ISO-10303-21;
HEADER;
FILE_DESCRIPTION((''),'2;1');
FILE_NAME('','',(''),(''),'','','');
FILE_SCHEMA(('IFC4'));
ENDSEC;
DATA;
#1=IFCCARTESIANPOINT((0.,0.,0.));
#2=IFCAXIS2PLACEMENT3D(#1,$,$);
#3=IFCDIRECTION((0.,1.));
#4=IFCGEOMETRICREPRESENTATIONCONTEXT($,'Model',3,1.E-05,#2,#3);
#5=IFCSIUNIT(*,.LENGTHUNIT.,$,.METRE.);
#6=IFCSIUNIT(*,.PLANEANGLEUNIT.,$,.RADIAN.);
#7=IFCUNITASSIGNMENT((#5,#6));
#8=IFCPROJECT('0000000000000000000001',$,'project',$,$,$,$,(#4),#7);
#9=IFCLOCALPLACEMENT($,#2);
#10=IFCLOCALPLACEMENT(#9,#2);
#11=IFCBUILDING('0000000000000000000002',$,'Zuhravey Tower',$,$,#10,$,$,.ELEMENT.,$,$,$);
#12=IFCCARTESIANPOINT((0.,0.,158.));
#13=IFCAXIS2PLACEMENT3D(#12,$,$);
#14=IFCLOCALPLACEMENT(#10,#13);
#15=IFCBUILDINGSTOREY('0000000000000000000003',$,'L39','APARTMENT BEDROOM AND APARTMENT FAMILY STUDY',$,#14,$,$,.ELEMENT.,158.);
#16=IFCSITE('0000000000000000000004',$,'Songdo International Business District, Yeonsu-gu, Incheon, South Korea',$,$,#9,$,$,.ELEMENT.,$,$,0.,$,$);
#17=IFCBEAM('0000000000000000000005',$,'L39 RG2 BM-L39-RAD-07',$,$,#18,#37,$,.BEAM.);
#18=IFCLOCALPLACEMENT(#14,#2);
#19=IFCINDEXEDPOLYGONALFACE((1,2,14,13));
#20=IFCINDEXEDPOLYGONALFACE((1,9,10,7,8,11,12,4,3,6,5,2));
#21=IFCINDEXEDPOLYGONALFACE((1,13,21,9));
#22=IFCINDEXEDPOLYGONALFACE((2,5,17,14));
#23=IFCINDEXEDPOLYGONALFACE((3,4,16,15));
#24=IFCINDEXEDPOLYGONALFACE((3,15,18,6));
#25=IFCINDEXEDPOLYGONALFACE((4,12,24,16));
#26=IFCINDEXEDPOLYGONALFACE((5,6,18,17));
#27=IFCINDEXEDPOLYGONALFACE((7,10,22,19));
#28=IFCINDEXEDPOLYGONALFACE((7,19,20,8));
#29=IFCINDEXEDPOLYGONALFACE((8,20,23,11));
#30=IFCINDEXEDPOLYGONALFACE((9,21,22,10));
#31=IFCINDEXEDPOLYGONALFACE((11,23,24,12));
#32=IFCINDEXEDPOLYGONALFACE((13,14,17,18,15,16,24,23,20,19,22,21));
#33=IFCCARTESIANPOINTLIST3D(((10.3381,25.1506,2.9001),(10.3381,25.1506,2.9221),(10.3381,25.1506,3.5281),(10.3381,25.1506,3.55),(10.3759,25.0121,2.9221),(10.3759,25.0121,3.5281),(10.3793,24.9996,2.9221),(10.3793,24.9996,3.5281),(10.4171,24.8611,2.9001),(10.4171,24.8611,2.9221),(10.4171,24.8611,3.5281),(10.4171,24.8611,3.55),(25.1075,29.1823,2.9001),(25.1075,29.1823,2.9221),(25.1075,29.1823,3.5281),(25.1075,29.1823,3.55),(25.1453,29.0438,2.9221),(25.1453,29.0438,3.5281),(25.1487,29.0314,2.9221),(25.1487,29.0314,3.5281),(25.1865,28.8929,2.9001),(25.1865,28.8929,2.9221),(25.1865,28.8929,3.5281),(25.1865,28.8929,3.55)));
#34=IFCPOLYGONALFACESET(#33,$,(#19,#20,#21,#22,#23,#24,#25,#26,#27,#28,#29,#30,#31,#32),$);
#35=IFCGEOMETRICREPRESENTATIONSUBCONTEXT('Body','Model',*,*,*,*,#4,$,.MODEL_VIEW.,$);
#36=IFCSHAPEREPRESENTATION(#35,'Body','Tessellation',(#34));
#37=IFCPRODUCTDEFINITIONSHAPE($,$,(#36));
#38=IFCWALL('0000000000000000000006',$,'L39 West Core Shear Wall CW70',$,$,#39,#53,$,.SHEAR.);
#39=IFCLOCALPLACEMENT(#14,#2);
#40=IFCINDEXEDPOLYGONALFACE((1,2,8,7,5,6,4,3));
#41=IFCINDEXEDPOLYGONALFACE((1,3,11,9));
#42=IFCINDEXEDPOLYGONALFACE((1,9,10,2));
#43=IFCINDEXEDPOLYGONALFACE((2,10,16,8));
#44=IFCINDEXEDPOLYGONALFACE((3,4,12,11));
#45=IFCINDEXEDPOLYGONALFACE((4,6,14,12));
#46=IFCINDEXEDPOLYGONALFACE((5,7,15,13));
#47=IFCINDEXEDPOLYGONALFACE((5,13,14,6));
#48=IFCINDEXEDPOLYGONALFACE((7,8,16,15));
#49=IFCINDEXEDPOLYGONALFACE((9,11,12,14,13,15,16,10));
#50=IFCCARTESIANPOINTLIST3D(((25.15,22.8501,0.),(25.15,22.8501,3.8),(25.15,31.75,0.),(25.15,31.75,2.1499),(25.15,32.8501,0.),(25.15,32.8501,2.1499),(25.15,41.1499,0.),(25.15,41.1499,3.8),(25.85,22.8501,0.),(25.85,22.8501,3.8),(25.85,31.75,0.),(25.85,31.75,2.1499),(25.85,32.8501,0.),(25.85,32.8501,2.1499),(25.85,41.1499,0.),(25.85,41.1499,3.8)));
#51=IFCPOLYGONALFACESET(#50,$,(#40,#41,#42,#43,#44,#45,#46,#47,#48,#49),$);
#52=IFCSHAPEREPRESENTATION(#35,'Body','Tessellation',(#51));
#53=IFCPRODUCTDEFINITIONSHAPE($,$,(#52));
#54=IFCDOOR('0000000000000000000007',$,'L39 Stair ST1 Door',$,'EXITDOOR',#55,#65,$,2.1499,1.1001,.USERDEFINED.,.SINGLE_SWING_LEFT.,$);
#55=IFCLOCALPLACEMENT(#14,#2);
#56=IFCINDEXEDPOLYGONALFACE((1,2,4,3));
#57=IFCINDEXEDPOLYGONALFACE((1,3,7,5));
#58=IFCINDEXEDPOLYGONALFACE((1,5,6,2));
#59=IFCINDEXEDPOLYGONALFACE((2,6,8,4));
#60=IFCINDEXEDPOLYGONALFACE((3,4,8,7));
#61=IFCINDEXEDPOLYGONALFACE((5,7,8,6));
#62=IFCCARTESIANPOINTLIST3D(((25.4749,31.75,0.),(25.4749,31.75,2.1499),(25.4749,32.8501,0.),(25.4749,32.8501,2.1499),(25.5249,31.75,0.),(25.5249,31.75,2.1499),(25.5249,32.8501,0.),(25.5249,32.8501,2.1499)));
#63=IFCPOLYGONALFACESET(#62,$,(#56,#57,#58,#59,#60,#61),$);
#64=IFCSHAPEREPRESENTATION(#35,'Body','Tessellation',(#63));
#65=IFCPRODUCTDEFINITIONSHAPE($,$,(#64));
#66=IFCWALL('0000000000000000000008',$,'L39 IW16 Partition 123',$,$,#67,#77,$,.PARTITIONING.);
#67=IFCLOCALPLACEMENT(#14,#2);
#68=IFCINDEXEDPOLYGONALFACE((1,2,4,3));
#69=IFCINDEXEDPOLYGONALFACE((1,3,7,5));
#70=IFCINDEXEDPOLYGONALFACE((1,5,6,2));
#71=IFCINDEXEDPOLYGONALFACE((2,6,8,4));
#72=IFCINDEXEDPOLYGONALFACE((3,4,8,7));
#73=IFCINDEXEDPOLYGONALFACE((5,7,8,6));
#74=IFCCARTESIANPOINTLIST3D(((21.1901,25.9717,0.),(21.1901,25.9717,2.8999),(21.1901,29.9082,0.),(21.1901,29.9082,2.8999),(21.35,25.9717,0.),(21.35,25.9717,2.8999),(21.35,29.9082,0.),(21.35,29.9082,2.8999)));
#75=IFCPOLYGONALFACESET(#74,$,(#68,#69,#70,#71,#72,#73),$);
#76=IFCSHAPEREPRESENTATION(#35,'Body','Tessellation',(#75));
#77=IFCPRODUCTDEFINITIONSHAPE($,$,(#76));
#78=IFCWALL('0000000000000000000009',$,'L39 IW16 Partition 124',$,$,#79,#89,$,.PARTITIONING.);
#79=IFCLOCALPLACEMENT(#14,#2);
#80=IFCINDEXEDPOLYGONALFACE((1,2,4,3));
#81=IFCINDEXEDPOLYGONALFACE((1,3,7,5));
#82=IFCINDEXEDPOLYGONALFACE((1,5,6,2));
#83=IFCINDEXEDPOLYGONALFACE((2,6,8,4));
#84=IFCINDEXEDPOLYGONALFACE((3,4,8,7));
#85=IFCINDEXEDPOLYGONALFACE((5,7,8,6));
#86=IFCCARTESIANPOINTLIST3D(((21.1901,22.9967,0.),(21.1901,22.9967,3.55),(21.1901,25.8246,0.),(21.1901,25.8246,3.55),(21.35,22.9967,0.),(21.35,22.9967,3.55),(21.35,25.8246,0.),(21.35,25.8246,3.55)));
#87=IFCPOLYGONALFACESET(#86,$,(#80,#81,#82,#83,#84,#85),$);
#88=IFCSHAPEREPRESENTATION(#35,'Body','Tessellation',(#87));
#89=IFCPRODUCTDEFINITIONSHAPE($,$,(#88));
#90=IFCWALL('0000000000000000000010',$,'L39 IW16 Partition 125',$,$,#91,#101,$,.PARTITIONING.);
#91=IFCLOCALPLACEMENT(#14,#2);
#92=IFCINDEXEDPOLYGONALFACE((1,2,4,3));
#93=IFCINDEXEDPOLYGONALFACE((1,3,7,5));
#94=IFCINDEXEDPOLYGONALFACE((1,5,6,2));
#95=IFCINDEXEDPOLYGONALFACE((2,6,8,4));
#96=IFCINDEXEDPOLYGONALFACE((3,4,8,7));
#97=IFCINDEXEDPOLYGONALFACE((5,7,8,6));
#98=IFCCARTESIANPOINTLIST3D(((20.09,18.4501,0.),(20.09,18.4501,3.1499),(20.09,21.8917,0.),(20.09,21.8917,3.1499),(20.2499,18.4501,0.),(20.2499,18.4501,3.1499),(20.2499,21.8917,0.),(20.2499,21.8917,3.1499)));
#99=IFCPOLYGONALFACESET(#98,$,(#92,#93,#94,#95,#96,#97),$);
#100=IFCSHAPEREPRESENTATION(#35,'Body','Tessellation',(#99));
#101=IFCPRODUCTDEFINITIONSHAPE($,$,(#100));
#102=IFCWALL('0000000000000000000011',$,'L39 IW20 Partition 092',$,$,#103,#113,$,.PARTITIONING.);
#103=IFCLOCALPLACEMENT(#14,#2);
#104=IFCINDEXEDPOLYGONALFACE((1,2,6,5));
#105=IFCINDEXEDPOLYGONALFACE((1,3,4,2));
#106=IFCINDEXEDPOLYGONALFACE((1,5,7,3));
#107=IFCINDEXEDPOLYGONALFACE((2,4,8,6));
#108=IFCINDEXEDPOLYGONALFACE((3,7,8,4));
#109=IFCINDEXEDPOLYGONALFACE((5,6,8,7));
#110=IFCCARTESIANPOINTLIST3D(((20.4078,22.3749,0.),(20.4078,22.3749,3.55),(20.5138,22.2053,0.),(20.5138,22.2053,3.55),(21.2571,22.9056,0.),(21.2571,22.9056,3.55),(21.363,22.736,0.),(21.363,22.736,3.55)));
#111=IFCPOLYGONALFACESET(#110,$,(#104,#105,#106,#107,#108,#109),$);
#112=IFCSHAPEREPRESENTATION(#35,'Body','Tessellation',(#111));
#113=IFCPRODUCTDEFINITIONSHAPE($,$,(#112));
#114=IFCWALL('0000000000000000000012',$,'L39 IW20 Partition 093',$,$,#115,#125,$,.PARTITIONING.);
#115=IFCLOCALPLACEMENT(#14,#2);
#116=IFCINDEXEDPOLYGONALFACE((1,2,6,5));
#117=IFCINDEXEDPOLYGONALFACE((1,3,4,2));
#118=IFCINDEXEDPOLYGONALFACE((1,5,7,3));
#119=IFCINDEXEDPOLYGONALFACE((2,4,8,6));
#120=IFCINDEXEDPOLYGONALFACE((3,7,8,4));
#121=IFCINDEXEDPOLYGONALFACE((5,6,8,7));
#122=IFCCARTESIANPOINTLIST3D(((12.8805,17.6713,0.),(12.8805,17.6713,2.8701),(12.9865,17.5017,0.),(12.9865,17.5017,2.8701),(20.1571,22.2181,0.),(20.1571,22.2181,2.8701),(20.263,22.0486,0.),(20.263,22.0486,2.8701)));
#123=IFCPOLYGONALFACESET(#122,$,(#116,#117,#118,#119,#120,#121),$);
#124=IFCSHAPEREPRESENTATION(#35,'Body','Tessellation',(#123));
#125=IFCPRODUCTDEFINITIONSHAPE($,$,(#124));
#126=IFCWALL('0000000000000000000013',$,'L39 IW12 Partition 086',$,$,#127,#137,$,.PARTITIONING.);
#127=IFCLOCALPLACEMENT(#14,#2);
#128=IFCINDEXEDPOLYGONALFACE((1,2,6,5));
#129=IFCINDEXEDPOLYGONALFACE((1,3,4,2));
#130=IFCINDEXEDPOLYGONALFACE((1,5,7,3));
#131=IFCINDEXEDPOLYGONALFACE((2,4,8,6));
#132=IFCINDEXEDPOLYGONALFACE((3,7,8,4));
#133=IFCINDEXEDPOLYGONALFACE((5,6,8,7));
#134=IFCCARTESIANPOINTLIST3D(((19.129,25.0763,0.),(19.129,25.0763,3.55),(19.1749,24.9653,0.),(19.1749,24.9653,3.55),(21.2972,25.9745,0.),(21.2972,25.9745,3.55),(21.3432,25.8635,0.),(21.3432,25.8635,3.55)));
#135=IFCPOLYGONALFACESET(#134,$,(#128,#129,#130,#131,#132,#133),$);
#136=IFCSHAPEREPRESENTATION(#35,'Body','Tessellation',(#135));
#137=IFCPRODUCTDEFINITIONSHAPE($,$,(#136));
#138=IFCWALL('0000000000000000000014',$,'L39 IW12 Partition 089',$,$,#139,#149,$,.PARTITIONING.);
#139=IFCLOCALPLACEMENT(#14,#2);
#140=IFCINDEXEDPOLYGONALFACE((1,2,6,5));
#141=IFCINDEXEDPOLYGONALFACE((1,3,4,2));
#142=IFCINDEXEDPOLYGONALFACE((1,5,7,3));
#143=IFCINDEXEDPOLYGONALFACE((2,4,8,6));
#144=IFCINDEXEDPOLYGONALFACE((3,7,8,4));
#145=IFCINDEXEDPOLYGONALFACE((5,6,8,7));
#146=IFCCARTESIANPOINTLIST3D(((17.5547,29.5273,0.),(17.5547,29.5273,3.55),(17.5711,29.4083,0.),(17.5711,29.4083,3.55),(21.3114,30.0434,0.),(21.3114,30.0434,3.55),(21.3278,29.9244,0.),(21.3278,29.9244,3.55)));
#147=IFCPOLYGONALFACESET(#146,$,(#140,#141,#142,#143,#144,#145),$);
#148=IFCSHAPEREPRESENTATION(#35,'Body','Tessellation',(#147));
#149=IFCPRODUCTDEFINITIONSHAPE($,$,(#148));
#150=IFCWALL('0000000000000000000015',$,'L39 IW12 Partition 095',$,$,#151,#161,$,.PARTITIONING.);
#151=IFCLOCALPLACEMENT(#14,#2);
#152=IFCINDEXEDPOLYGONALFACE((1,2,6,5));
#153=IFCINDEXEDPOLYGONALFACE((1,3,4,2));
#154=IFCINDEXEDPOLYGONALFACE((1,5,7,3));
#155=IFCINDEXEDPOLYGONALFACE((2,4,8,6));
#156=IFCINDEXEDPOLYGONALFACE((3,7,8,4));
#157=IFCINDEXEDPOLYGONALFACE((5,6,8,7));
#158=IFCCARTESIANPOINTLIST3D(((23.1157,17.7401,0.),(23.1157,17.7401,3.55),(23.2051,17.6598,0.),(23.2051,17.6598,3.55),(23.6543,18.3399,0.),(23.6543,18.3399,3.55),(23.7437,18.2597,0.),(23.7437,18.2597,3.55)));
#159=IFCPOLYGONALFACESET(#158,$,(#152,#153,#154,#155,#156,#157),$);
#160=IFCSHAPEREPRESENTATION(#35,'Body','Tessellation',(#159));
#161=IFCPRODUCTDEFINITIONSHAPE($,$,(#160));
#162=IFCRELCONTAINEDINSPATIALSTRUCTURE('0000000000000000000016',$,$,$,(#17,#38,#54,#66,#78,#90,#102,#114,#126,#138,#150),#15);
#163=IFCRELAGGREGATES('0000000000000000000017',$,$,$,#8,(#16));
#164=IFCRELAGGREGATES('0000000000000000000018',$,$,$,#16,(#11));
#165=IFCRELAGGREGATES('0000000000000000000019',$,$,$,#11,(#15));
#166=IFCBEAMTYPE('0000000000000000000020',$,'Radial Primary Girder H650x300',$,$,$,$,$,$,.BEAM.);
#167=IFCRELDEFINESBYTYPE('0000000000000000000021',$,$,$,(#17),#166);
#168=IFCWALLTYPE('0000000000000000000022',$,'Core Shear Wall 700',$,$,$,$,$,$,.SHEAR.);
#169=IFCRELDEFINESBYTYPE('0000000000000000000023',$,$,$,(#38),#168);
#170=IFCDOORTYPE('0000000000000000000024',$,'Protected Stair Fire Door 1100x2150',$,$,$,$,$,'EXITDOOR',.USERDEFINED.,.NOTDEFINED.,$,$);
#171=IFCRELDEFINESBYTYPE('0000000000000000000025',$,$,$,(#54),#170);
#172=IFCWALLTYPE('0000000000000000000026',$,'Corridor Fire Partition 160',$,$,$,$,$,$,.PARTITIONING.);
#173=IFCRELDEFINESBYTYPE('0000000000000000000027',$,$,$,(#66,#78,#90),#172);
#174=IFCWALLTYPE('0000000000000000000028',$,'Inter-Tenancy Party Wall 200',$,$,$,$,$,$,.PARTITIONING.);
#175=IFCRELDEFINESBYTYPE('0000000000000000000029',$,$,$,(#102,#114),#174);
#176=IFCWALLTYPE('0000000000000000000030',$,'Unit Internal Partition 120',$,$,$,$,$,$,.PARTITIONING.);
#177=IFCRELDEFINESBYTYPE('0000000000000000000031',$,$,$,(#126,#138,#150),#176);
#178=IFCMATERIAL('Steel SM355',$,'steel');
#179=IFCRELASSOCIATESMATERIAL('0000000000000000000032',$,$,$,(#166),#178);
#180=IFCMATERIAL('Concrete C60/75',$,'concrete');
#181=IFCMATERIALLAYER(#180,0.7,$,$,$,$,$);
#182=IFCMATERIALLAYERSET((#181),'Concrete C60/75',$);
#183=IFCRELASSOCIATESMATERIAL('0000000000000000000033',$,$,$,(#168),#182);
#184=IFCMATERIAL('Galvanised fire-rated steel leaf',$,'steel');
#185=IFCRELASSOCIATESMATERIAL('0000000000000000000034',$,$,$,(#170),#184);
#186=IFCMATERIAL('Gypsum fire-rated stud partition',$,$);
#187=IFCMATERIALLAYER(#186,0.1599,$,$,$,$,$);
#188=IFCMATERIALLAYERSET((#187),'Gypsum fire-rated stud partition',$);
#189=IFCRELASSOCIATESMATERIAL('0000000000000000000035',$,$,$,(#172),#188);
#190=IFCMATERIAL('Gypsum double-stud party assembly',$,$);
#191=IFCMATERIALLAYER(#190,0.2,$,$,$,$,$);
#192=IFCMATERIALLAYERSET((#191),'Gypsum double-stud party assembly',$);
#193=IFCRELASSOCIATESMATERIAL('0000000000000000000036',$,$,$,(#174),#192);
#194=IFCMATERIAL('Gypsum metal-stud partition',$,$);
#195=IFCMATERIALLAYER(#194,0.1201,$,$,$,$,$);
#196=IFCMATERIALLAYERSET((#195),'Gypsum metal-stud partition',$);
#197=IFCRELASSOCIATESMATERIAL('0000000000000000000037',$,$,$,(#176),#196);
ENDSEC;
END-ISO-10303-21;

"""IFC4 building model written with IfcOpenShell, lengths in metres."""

from ifc_helpers import new_model, si_unit, direction, frame, frame_2d, origin, origin_2d, place, context, subcontext, project, spatial, rectangle, i_section, extrude, material, layer, layer_set, material_profile, profile_set, type_object, element, fill, save


model = new_model("IFC4")

# Units and contexts
model_context = context("Model", 3, precision=1e-05, world=origin(), true_north=direction((0.0, 1.0)))
body_context = subcontext(model_context, "Body", "Model", "MODEL_VIEW")
ifc_project = project(units=[si_unit("LENGTHUNIT", "METRE"), si_unit("PLANEANGLEUNIT", "RADIAN")], contexts=[model_context])

# Site, building, storey
site_placement = place(None, origin())
site = spatial("IfcSite", under=ifc_project, at=site_placement, Name="Songdo International Business District, Yeonsu-gu, Incheon, South Korea", CompositionType="ELEMENT", RefElevation=0.0)
building_placement = place(site_placement, origin())
building = spatial("IfcBuilding", under=site, at=building_placement, Name="Zuhravey Tower", CompositionType="ELEMENT")
storey_placement = place(building_placement, frame((0.0, 0.0, 158.0)))
storey = spatial("IfcBuildingStorey", under=building, at=storey_placement, Name="L39", Description="APARTMENT BEDROOM AND APARTMENT FAMILY STUDY", CompositionType="ELEMENT", Elevation=158.0)

# Beam
ifc_material_1 = material(Name="Steel SM355", Category="steel")
ifc_material_profile = material_profile(ifc_material_1, i_section(OverallWidth=0.3, OverallDepth=0.6499, WebThickness=0.0129, FlangeThickness=0.022, at=origin_2d()), Name="H-650x300x13x22")
ifc_profile_set = profile_set([ifc_material_profile], Name="Steel SM355")
beam_type = type_object("IfcBeamType", Name="Radial Primary Girder H650x300", PredefinedType="BEAM", material=ifc_profile_set)
beam_placement = place(storey_placement, frame((25.147, 29.0376, 3.2251), z_axis=(-0.964702, -0.263345, 0.0), x_axis=(0.263345, -0.964702, 0.0)))
element("IfcBeam", 1, at=beam_placement, inside=storey, type_object=beam_type, Name="L39 RG2 BM-L39-RAD-07", PredefinedType="BEAM", context=body_context, shape_type="SweptSolid", body=[
    extrude(i_section(OverallWidth=0.3, OverallDepth=0.6499, WebThickness=0.0129, FlangeThickness=0.022, at=origin_2d()), origin(), (0.0, 0.0, 1.0), 15.3098),
])

# Wall, opening, door
ifc_material_2 = material(Name="Concrete C60/75", Category="concrete")
ifc_layer_1 = layer(ifc_material_2, 0.7)
ifc_layer_set_1 = layer_set([ifc_layer_1], Name="Concrete C60/75")
wall_type_1 = type_object("IfcWallType", Name="Core Shear Wall 700", PredefinedType="SHEAR", material=ifc_layer_set_1)
ifc_material_3 = material(Name="Galvanised fire-rated steel leaf", Category="steel")
wall_1_placement = place(storey_placement, frame((25.5, 22.8501, 0.0), z_axis=(0.0, 0.0, 1.0), x_axis=(0.0, 1.0, 0.0)))
wall_1 = element("IfcWall", 2, at=wall_1_placement, inside=storey, type_object=wall_type_1, Name="L39 West Core Shear Wall CW70", PredefinedType="SHEAR", context=body_context, shape_type="SweptSolid", body=[
    extrude(rectangle(XDim=18.2998, YDim=0.7, at=frame_2d((9.1499, 0.0))), origin(), (0.0, 0.0, 1.0), 3.8),
])
opening_1_placement = place(wall_1_placement, frame((8.8999, 0.0, 0.0)))
opening_1 = element("IfcOpeningElement", 3, at=opening_1_placement, cuts=wall_1, PredefinedType="OPENING", context=body_context, shape_type="SweptSolid", body=[
    extrude(rectangle(XDim=1.1001, YDim=2.1499, at=frame_2d((0.55, 1.075))), frame((0.0, 0.3621, 0.0), z_axis=(0.0, -1.0, 0.0), x_axis=(1.0, 0.0, 0.0)), (0.0, 0.0, 1.0), 0.7239),
])
door_type_1 = type_object("IfcDoorType", Name="Protected Stair Fire Door 1100x2150", ElementType="EXITDOOR", OperationType="NOTDEFINED", PredefinedType="USERDEFINED", material=ifc_material_3)
door_1_placement = place(opening_1_placement, frame((1.1001, 0.0, 0.0), z_axis=(0.0, 0.0, 1.0), x_axis=(-1.0, 0.0, 0.0)))
door_1 = element("IfcDoor", 4, at=door_1_placement, inside=storey, type_object=door_type_1, Name="L39 Stair ST1 Door", ObjectType="EXITDOOR", OperationType="SINGLE_SWING_LEFT", OverallHeight=2.1499, OverallWidth=1.1001, PredefinedType="USERDEFINED", context=body_context, shape_type="SweptSolid", body=[
    extrude(rectangle(XDim=1.1001, YDim=2.1499, at=frame_2d((0.55, 1.075))), frame((0.0, 0.0249, 0.0), z_axis=(0.0, -1.0, 0.0), x_axis=(1.0, 0.0, 0.0)), (0.0, 0.0, 1.0), 0.05),
])
fill(opening_1, door_1)

# Walls
ifc_material_4 = material(Name="Gypsum fire-rated stud partition")
ifc_layer_2 = layer(ifc_material_4, 0.1599)
ifc_layer_set_2 = layer_set([ifc_layer_2], Name="Gypsum fire-rated stud partition")
wall_type_2 = type_object("IfcWallType", Name="Corridor Fire Partition 160", PredefinedType="PARTITIONING", material=ifc_layer_set_2)
wall_2_placement = place(storey_placement, frame((21.27, 29.9082, 0.0), z_axis=(0.0, 0.0, 1.0), x_axis=(0.0, -1.0, 0.0)))
element("IfcWall", 5, at=wall_2_placement, inside=storey, type_object=wall_type_2, Name="L39 IW16 Partition 123", PredefinedType="PARTITIONING", context=body_context, shape_type="SweptSolid", body=[
    extrude(rectangle(XDim=3.9365, YDim=0.1599, at=frame_2d((1.9683, 0.0))), origin(), (0.0, 0.0, 1.0), 2.8999),
])
wall_3_placement = place(storey_placement, frame((21.27, 25.8247, 0.0), z_axis=(0.0, 0.0, 1.0), x_axis=(0.0, -1.0, 0.0)))
element("IfcWall", 6, at=wall_3_placement, inside=storey, type_object=wall_type_2, Name="L39 IW16 Partition 124", PredefinedType="PARTITIONING", context=body_context, shape_type="SweptSolid", body=[
    extrude(rectangle(XDim=2.8279, YDim=0.1599, at=frame_2d((1.4141, 0.0))), origin(), (0.0, 0.0, 1.0), 3.55),
])
wall_4_placement = place(storey_placement, frame((20.1699, 21.8916, 0.0), z_axis=(0.0, 0.0, 1.0), x_axis=(0.0, -1.0, 0.0)))
element("IfcWall", 7, at=wall_4_placement, inside=storey, type_object=wall_type_2, Name="L39 IW16 Partition 125", PredefinedType="PARTITIONING", context=body_context, shape_type="SweptSolid", body=[
    extrude(rectangle(XDim=3.4417, YDim=0.1599, at=frame_2d((1.7207, 0.0))), origin(), (0.0, 0.0, 1.0), 3.1499),
])
ifc_material_5 = material(Name="Gypsum double-stud party assembly")
ifc_layer_3 = layer(ifc_material_5, 0.2)
ifc_layer_set_3 = layer_set([ifc_layer_3], Name="Gypsum double-stud party assembly")
wall_type_3 = type_object("IfcWallType", Name="Inter-Tenancy Party Wall 200", PredefinedType="PARTITIONING", material=ifc_layer_set_3)
wall_5_placement = place(storey_placement, frame((21.3101, 22.8208, 0.0), z_axis=(0.0, 0.0, 1.0), x_axis=(-0.848039, -0.529933, 0.0)))
element("IfcWall", 8, at=wall_5_placement, inside=storey, type_object=wall_type_3, Name="L39 IW20 Partition 092", PredefinedType="PARTITIONING", context=body_context, shape_type="SweptSolid", body=[
    extrude(rectangle(XDim=1.0015, YDim=0.2, at=frame_2d((0.5007, 0.0))), origin(), (0.0, 0.0, 1.0), 3.55),
])
wall_6_placement = place(storey_placement, frame((20.21, 22.1333, 0.0), z_axis=(0.0, 0.0, 1.0), x_axis=(-0.848051, -0.529915, 0.0)))
element("IfcWall", 9, at=wall_6_placement, inside=storey, type_object=wall_type_3, Name="L39 IW20 Partition 093", PredefinedType="PARTITIONING", context=body_context, shape_type="SweptSolid", body=[
    extrude(rectangle(XDim=8.5803, YDim=0.2, at=frame_2d((4.29, 0.0))), origin(), (0.0, 0.0, 1.0), 2.8701),
])
ifc_material_6 = material(Name="Gypsum metal-stud partition")
ifc_layer_4 = layer(ifc_material_6, 0.1201)
ifc_layer_set_4 = layer_set([ifc_layer_4], Name="Gypsum metal-stud partition")
wall_type_4 = type_object("IfcWallType", Name="Unit Internal Partition 120", PredefinedType="PARTITIONING", material=ifc_layer_set_4)
wall_7_placement = place(storey_placement, frame((21.3201, 25.9189, 0.0), z_axis=(0.0, 0.0, 1.0), x_axis=(-0.923866, -0.382716, 0.0)))
element("IfcWall", 10, at=wall_7_placement, inside=storey, type_object=wall_type_4, Name="L39 IW12 Partition 086", PredefinedType="PARTITIONING", context=body_context, shape_type="SweptSolid", body=[
    extrude(rectangle(XDim=2.3469, YDim=0.1201, at=frame_2d((1.1733, 0.0))), origin(), (0.0, 0.0, 1.0), 3.55),
])
wall_8_placement = place(storey_placement, frame((21.3196, 29.9839, 0.0), z_axis=(0.0, 0.0, 1.0), x_axis=(-0.990694, -0.13611, 0.0)))
element("IfcWall", 11, at=wall_8_placement, inside=storey, type_object=wall_type_4, Name="L39 IW12 Partition 089", PredefinedType="PARTITIONING", context=body_context, shape_type="SweptSolid", body=[
    extrude(rectangle(XDim=3.792, YDim=0.1201, at=frame_2d((1.896, 0.0))), origin(), (0.0, 0.0, 1.0), 3.55),
])
wall_9_placement = place(storey_placement, frame((23.699, 18.2998, 0.0), z_axis=(0.0, 0.0, 1.0), x_axis=(-0.668077, -0.744092, 0.0)))
element("IfcWall", 12, at=wall_9_placement, inside=storey, type_object=wall_type_4, Name="L39 IW12 Partition 095", PredefinedType="PARTITIONING", context=body_context, shape_type="SweptSolid", body=[
    extrude(rectangle(XDim=0.8062, YDim=0.1201, at=frame_2d((0.4031, 0.0))), origin(), (0.0, 0.0, 1.0), 3.55),
])

save(model, "model.ifc")
